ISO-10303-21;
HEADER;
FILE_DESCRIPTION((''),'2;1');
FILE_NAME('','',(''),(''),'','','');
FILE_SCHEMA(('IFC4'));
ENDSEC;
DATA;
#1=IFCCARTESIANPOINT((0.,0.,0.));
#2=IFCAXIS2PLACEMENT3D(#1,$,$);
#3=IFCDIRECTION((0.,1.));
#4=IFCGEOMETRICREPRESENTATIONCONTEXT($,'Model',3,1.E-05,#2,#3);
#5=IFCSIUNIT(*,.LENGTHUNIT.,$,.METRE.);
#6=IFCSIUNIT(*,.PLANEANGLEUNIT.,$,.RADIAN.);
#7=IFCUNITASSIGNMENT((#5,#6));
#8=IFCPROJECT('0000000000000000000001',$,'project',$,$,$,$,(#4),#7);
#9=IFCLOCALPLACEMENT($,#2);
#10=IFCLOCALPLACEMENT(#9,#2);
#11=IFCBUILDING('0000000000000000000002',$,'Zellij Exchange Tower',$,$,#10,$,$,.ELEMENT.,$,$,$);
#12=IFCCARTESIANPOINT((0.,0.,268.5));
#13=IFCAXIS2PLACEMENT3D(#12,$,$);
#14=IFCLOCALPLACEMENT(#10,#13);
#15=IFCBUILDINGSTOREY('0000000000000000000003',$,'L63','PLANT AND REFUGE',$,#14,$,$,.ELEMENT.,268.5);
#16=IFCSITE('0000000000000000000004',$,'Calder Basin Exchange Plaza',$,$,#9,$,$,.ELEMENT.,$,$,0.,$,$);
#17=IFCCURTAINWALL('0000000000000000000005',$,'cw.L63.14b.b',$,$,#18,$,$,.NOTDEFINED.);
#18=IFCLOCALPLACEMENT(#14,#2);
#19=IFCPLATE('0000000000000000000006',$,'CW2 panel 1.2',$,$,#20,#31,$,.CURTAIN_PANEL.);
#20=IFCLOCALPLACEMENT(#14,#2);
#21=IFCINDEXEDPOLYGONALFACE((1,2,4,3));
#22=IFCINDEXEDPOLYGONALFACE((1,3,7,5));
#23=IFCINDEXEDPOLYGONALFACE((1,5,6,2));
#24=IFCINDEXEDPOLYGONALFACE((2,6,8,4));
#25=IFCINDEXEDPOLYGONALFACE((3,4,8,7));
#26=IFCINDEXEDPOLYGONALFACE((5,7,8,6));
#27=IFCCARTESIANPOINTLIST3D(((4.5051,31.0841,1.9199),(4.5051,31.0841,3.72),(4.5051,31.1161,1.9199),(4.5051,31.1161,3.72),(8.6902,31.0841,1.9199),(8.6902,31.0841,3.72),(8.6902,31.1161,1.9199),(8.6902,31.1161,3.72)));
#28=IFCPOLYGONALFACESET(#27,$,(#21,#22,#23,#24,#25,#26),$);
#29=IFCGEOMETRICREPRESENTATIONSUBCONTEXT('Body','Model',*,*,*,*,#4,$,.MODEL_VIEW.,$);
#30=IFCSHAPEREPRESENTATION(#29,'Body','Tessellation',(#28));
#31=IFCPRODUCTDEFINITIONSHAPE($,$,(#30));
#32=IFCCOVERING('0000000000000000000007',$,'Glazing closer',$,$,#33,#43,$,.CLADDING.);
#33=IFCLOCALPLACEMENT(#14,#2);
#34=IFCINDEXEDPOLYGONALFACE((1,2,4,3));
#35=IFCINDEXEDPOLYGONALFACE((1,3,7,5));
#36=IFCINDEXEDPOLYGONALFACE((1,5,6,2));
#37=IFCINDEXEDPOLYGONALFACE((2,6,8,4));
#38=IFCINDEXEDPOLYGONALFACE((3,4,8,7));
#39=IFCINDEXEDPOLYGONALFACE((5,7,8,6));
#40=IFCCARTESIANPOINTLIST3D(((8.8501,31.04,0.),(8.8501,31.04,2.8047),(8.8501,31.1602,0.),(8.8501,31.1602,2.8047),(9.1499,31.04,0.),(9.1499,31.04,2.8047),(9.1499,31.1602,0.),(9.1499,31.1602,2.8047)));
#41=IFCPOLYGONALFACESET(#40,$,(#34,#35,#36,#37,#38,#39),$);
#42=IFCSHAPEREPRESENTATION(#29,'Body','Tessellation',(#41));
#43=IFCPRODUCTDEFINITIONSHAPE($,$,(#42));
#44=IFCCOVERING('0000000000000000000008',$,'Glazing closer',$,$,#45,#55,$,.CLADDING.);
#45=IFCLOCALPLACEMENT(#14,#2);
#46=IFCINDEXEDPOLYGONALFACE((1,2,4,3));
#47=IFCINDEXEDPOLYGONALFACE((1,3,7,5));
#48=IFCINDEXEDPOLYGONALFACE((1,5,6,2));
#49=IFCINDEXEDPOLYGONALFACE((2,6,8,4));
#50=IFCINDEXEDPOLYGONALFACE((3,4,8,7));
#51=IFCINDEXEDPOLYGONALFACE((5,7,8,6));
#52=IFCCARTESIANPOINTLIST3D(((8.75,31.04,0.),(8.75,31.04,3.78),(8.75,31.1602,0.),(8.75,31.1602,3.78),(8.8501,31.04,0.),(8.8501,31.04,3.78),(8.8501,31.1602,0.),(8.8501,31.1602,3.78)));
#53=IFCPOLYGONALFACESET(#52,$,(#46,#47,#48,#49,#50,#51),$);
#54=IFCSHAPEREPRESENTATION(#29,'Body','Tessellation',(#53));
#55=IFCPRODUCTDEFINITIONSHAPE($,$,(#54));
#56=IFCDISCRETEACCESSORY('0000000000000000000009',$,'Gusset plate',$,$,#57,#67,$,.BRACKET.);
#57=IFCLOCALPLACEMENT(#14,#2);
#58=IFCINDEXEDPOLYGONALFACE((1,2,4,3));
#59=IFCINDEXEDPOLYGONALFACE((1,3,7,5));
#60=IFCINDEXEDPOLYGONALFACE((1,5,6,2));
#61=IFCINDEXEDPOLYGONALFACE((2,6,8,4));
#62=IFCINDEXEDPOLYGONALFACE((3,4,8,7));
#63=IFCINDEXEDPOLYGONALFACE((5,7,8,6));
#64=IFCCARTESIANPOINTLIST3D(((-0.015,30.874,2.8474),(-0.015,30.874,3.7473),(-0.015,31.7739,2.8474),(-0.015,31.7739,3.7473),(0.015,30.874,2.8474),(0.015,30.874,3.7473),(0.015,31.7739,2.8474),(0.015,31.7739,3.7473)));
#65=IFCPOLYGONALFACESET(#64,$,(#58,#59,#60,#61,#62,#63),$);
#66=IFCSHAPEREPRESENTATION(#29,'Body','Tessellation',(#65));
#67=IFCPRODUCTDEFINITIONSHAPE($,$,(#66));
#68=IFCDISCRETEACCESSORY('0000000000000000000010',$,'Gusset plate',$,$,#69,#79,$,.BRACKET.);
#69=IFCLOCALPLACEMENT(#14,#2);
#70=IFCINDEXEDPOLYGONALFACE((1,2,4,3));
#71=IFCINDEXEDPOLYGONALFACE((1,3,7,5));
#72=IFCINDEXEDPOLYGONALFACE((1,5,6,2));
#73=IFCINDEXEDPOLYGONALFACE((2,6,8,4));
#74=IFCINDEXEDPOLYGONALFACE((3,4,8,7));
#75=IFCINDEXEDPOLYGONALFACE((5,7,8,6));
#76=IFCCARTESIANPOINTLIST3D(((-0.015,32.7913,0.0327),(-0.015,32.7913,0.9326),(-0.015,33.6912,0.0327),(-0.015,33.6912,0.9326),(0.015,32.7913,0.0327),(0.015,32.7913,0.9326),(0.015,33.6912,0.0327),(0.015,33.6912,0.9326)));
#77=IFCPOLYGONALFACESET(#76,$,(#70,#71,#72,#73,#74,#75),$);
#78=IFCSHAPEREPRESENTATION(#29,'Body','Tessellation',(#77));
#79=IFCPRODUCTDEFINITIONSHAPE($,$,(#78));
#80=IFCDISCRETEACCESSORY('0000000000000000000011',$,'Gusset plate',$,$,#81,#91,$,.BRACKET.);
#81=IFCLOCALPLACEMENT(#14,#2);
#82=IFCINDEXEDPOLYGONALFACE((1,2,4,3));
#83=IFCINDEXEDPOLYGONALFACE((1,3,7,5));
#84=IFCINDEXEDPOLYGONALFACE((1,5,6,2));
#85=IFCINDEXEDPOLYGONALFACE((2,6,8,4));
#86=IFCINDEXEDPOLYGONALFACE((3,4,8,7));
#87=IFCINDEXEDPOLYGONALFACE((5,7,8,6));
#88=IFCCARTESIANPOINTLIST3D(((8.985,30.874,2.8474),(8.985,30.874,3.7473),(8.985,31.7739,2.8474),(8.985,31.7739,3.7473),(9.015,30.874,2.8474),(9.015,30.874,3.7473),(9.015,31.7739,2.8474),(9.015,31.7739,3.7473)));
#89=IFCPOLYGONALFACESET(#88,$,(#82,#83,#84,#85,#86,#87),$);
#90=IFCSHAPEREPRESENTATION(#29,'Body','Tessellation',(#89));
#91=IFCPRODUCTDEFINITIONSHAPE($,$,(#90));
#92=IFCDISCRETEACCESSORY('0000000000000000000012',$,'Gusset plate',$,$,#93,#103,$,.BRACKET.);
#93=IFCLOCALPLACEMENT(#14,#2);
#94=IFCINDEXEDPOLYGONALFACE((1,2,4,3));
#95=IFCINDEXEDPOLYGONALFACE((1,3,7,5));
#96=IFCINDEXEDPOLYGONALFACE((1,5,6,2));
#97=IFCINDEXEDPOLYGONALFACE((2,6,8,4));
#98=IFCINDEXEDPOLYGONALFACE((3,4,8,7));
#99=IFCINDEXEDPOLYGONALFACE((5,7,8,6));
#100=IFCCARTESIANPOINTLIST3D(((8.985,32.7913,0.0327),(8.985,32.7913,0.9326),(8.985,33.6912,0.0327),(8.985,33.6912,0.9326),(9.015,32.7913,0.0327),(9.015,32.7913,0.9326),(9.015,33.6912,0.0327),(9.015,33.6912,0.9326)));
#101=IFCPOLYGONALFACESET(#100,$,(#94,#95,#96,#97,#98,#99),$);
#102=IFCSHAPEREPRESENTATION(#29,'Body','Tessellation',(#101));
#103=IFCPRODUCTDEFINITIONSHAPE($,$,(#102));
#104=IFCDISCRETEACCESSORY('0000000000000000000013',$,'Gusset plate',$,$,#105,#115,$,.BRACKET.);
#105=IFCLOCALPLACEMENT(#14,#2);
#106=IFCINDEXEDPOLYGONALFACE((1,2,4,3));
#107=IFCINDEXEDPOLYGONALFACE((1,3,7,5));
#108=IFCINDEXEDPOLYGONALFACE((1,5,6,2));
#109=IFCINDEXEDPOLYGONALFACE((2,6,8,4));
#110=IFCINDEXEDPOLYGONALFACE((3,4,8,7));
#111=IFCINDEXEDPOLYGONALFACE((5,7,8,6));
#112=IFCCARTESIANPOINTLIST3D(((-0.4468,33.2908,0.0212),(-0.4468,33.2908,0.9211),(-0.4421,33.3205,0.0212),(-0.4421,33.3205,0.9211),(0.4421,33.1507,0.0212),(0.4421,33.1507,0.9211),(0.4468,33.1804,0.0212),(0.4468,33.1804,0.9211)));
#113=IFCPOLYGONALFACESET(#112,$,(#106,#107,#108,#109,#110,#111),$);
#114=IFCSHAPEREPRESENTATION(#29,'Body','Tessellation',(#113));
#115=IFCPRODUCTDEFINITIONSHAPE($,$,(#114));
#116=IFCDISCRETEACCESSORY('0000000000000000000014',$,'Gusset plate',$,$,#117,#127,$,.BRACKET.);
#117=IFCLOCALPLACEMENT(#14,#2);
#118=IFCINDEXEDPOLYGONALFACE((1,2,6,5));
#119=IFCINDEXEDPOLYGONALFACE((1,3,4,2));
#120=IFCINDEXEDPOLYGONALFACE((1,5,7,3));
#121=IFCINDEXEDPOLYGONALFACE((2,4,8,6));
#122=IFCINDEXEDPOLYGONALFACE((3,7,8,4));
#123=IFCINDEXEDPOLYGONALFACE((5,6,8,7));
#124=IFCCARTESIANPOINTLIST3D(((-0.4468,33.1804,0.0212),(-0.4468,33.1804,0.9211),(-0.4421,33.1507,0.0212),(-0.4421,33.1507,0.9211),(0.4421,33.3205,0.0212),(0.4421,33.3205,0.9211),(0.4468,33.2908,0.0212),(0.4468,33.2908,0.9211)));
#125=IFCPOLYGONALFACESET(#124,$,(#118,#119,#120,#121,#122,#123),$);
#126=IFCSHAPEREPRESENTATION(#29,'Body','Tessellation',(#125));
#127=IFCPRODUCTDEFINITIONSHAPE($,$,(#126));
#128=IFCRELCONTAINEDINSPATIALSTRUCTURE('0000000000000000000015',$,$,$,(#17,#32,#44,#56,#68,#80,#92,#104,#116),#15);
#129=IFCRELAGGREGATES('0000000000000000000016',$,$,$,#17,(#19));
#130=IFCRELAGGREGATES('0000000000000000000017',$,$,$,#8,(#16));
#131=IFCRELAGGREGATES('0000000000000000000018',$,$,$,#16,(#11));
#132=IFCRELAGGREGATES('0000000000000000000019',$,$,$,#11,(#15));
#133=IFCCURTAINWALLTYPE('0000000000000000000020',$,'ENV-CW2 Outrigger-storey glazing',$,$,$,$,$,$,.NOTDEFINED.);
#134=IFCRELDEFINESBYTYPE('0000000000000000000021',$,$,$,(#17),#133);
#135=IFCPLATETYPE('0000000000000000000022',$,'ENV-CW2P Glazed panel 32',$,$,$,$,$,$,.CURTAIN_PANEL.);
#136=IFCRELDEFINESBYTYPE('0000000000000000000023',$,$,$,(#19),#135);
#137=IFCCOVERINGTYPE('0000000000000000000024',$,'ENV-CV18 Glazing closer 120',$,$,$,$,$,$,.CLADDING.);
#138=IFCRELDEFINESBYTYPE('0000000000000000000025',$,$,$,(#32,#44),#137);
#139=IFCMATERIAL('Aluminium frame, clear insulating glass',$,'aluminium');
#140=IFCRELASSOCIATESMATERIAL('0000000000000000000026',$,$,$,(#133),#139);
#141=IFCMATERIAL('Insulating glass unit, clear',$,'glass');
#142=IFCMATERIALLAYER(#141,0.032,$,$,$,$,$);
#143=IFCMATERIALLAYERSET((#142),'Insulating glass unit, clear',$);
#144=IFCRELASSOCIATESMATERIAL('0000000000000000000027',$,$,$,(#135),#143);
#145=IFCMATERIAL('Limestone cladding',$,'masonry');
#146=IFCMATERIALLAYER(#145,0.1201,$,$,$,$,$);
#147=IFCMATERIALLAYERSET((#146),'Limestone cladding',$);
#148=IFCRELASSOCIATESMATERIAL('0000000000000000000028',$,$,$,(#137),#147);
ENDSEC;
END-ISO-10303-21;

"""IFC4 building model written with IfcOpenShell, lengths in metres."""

from ifc_helpers import new_model, si_unit, direction, frame, origin, origin_2d, place, context, subcontext, project, spatial, rectangle, extrude, material, layer, layer_set, type_object, element, aggregate, save


model = new_model("IFC4")

# Units and contexts
model_context = context("Model", 3, precision=1e-05, world=origin(), true_north=direction((0.0, 1.0)))
body_context = subcontext(model_context, "Body", "Model", "MODEL_VIEW")
ifc_project = project(units=[si_unit("LENGTHUNIT", "METRE"), si_unit("PLANEANGLEUNIT", "RADIAN")], contexts=[model_context])

# Site, building, storey
site_placement = place(None, origin())
site = spatial("IfcSite", under=ifc_project, at=site_placement, Name="Calder Basin Exchange Plaza", CompositionType="ELEMENT", RefElevation=0.0)
building_placement = place(site_placement, origin())
building = spatial("IfcBuilding", under=site, at=building_placement, Name="Zellij Exchange Tower", CompositionType="ELEMENT")
storey_placement = place(building_placement, frame((0.0, 0.0, 268.5)))
storey = spatial("IfcBuildingStorey", under=building, at=storey_placement, Name="L63", Description="PLANT AND REFUGE", CompositionType="ELEMENT", Elevation=268.5)

# Curtain wall
ifc_material_1 = material(Name="Aluminium frame, clear insulating glass", Category="aluminium")
curtain_wall_type = type_object("IfcCurtainWallType", Name="ENV-CW2 Outrigger-storey glazing", PredefinedType="NOTDEFINED", material=ifc_material_1)
curtain_wall_placement = place(storey_placement, origin())
curtain_wall = element("IfcCurtainWall", 1, at=curtain_wall_placement, inside=storey, type_object=curtain_wall_type, Name="cw.L63.14b.b", PredefinedType="NOTDEFINED")

# Plate
ifc_material_2 = material(Name="Insulating glass unit, clear", Category="glass")
ifc_layer_1 = layer(ifc_material_2, 0.032)
ifc_layer_set_1 = layer_set([ifc_layer_1], Name="Insulating glass unit, clear")
plate_type = type_object("IfcPlateType", Name="ENV-CW2P Glazed panel 32", PredefinedType="CURTAIN_PANEL", material=ifc_layer_set_1)
plate_placement = place(storey_placement, frame((6.5977, 31.1001, 1.9199), z_axis=(0.0, 0.0, 1.0), x_axis=(-1.0, 0.0, 0.0)))
plate = element("IfcPlate", 2, at=plate_placement, type_object=plate_type, Name="CW2 panel 1.2", PredefinedType="CURTAIN_PANEL", context=body_context, shape_type="SweptSolid", body=[
    extrude(rectangle(XDim=4.1851, YDim=0.032, at=origin_2d()), origin(), (0.0, 0.0, 1.0), 1.8),
])
aggregate(curtain_wall, [plate])

# Coverings
ifc_material_3 = material(Name="Limestone cladding", Category="masonry")
ifc_layer_2 = layer(ifc_material_3, 0.1201)
ifc_layer_set_2 = layer_set([ifc_layer_2], Name="Limestone cladding")
covering_type = type_object("IfcCoveringType", Name="ENV-CV18 Glazing closer 120", PredefinedType="CLADDING", material=ifc_layer_set_2)
covering_1_placement = place(storey_placement, frame((9.0, 31.1001, 0.0), z_axis=(0.0, 0.0, 1.0), x_axis=(-1.0, 0.0, 0.0)))
element("IfcCovering", 3, at=covering_1_placement, inside=storey, type_object=covering_type, Name="Glazing closer", PredefinedType="CLADDING", context=body_context, shape_type="SweptSolid", body=[
    extrude(rectangle(XDim=0.2998, YDim=0.1201, at=origin_2d()), origin(), (0.0, 0.0, 1.0), 2.8047),
])
covering_2_placement = place(storey_placement, frame((8.8, 31.1001, 0.0), z_axis=(0.0, 0.0, 1.0), x_axis=(-1.0, 0.0, 0.0)))
element("IfcCovering", 4, at=covering_2_placement, inside=storey, type_object=covering_type, Name="Glazing closer", PredefinedType="CLADDING", context=body_context, shape_type="SweptSolid", body=[
    extrude(rectangle(XDim=0.1001, YDim=0.1201, at=origin_2d()), origin(), (0.0, 0.0, 1.0), 3.78),
])

# Discrete accessories
for number, where, z_axis, x_axis, name in (
    (5, (0.0, 31.324, 2.8474), (0.0, 0.0, 1.0), (0.0, 1.0, 0.0), "Gusset plate"),
    (6, (0.0, 33.2412, 0.0327), (0.0, 0.0, 1.0), (0.0, 1.0, 0.0), "Gusset plate"),
    (7, (9.0, 31.324, 2.8474), (0.0, 0.0, 1.0), (0.0, 1.0, 0.0), "Gusset plate"),
    (8, (9.0, 33.2412, 0.0327), (0.0, 0.0, 1.0), (0.0, 1.0, 0.0), "Gusset plate"),
    (9, (0.0, 33.2356, 0.0212), (0.0, 0.0, 1.0), (0.987801, -0.155721, 0.0), "Gusset plate"),
    (10, (0.0, 33.2356, 0.0212), (0.0, 0.0, 1.0), (0.987801, 0.155721, 0.0), "Gusset plate"),
):
    element("IfcDiscreteAccessory", number, at=place(storey_placement, frame(where, z_axis=z_axis, x_axis=x_axis)), inside=storey, Name=name, PredefinedType="BRACKET", context=body_context, shape_type="SweptSolid", body=[
        extrude(rectangle(XDim=0.8999, YDim=0.03, at=origin_2d()), origin(), (0.0, 0.0, 1.0), 0.8999),
    ])

save(model, "model.ifc")
